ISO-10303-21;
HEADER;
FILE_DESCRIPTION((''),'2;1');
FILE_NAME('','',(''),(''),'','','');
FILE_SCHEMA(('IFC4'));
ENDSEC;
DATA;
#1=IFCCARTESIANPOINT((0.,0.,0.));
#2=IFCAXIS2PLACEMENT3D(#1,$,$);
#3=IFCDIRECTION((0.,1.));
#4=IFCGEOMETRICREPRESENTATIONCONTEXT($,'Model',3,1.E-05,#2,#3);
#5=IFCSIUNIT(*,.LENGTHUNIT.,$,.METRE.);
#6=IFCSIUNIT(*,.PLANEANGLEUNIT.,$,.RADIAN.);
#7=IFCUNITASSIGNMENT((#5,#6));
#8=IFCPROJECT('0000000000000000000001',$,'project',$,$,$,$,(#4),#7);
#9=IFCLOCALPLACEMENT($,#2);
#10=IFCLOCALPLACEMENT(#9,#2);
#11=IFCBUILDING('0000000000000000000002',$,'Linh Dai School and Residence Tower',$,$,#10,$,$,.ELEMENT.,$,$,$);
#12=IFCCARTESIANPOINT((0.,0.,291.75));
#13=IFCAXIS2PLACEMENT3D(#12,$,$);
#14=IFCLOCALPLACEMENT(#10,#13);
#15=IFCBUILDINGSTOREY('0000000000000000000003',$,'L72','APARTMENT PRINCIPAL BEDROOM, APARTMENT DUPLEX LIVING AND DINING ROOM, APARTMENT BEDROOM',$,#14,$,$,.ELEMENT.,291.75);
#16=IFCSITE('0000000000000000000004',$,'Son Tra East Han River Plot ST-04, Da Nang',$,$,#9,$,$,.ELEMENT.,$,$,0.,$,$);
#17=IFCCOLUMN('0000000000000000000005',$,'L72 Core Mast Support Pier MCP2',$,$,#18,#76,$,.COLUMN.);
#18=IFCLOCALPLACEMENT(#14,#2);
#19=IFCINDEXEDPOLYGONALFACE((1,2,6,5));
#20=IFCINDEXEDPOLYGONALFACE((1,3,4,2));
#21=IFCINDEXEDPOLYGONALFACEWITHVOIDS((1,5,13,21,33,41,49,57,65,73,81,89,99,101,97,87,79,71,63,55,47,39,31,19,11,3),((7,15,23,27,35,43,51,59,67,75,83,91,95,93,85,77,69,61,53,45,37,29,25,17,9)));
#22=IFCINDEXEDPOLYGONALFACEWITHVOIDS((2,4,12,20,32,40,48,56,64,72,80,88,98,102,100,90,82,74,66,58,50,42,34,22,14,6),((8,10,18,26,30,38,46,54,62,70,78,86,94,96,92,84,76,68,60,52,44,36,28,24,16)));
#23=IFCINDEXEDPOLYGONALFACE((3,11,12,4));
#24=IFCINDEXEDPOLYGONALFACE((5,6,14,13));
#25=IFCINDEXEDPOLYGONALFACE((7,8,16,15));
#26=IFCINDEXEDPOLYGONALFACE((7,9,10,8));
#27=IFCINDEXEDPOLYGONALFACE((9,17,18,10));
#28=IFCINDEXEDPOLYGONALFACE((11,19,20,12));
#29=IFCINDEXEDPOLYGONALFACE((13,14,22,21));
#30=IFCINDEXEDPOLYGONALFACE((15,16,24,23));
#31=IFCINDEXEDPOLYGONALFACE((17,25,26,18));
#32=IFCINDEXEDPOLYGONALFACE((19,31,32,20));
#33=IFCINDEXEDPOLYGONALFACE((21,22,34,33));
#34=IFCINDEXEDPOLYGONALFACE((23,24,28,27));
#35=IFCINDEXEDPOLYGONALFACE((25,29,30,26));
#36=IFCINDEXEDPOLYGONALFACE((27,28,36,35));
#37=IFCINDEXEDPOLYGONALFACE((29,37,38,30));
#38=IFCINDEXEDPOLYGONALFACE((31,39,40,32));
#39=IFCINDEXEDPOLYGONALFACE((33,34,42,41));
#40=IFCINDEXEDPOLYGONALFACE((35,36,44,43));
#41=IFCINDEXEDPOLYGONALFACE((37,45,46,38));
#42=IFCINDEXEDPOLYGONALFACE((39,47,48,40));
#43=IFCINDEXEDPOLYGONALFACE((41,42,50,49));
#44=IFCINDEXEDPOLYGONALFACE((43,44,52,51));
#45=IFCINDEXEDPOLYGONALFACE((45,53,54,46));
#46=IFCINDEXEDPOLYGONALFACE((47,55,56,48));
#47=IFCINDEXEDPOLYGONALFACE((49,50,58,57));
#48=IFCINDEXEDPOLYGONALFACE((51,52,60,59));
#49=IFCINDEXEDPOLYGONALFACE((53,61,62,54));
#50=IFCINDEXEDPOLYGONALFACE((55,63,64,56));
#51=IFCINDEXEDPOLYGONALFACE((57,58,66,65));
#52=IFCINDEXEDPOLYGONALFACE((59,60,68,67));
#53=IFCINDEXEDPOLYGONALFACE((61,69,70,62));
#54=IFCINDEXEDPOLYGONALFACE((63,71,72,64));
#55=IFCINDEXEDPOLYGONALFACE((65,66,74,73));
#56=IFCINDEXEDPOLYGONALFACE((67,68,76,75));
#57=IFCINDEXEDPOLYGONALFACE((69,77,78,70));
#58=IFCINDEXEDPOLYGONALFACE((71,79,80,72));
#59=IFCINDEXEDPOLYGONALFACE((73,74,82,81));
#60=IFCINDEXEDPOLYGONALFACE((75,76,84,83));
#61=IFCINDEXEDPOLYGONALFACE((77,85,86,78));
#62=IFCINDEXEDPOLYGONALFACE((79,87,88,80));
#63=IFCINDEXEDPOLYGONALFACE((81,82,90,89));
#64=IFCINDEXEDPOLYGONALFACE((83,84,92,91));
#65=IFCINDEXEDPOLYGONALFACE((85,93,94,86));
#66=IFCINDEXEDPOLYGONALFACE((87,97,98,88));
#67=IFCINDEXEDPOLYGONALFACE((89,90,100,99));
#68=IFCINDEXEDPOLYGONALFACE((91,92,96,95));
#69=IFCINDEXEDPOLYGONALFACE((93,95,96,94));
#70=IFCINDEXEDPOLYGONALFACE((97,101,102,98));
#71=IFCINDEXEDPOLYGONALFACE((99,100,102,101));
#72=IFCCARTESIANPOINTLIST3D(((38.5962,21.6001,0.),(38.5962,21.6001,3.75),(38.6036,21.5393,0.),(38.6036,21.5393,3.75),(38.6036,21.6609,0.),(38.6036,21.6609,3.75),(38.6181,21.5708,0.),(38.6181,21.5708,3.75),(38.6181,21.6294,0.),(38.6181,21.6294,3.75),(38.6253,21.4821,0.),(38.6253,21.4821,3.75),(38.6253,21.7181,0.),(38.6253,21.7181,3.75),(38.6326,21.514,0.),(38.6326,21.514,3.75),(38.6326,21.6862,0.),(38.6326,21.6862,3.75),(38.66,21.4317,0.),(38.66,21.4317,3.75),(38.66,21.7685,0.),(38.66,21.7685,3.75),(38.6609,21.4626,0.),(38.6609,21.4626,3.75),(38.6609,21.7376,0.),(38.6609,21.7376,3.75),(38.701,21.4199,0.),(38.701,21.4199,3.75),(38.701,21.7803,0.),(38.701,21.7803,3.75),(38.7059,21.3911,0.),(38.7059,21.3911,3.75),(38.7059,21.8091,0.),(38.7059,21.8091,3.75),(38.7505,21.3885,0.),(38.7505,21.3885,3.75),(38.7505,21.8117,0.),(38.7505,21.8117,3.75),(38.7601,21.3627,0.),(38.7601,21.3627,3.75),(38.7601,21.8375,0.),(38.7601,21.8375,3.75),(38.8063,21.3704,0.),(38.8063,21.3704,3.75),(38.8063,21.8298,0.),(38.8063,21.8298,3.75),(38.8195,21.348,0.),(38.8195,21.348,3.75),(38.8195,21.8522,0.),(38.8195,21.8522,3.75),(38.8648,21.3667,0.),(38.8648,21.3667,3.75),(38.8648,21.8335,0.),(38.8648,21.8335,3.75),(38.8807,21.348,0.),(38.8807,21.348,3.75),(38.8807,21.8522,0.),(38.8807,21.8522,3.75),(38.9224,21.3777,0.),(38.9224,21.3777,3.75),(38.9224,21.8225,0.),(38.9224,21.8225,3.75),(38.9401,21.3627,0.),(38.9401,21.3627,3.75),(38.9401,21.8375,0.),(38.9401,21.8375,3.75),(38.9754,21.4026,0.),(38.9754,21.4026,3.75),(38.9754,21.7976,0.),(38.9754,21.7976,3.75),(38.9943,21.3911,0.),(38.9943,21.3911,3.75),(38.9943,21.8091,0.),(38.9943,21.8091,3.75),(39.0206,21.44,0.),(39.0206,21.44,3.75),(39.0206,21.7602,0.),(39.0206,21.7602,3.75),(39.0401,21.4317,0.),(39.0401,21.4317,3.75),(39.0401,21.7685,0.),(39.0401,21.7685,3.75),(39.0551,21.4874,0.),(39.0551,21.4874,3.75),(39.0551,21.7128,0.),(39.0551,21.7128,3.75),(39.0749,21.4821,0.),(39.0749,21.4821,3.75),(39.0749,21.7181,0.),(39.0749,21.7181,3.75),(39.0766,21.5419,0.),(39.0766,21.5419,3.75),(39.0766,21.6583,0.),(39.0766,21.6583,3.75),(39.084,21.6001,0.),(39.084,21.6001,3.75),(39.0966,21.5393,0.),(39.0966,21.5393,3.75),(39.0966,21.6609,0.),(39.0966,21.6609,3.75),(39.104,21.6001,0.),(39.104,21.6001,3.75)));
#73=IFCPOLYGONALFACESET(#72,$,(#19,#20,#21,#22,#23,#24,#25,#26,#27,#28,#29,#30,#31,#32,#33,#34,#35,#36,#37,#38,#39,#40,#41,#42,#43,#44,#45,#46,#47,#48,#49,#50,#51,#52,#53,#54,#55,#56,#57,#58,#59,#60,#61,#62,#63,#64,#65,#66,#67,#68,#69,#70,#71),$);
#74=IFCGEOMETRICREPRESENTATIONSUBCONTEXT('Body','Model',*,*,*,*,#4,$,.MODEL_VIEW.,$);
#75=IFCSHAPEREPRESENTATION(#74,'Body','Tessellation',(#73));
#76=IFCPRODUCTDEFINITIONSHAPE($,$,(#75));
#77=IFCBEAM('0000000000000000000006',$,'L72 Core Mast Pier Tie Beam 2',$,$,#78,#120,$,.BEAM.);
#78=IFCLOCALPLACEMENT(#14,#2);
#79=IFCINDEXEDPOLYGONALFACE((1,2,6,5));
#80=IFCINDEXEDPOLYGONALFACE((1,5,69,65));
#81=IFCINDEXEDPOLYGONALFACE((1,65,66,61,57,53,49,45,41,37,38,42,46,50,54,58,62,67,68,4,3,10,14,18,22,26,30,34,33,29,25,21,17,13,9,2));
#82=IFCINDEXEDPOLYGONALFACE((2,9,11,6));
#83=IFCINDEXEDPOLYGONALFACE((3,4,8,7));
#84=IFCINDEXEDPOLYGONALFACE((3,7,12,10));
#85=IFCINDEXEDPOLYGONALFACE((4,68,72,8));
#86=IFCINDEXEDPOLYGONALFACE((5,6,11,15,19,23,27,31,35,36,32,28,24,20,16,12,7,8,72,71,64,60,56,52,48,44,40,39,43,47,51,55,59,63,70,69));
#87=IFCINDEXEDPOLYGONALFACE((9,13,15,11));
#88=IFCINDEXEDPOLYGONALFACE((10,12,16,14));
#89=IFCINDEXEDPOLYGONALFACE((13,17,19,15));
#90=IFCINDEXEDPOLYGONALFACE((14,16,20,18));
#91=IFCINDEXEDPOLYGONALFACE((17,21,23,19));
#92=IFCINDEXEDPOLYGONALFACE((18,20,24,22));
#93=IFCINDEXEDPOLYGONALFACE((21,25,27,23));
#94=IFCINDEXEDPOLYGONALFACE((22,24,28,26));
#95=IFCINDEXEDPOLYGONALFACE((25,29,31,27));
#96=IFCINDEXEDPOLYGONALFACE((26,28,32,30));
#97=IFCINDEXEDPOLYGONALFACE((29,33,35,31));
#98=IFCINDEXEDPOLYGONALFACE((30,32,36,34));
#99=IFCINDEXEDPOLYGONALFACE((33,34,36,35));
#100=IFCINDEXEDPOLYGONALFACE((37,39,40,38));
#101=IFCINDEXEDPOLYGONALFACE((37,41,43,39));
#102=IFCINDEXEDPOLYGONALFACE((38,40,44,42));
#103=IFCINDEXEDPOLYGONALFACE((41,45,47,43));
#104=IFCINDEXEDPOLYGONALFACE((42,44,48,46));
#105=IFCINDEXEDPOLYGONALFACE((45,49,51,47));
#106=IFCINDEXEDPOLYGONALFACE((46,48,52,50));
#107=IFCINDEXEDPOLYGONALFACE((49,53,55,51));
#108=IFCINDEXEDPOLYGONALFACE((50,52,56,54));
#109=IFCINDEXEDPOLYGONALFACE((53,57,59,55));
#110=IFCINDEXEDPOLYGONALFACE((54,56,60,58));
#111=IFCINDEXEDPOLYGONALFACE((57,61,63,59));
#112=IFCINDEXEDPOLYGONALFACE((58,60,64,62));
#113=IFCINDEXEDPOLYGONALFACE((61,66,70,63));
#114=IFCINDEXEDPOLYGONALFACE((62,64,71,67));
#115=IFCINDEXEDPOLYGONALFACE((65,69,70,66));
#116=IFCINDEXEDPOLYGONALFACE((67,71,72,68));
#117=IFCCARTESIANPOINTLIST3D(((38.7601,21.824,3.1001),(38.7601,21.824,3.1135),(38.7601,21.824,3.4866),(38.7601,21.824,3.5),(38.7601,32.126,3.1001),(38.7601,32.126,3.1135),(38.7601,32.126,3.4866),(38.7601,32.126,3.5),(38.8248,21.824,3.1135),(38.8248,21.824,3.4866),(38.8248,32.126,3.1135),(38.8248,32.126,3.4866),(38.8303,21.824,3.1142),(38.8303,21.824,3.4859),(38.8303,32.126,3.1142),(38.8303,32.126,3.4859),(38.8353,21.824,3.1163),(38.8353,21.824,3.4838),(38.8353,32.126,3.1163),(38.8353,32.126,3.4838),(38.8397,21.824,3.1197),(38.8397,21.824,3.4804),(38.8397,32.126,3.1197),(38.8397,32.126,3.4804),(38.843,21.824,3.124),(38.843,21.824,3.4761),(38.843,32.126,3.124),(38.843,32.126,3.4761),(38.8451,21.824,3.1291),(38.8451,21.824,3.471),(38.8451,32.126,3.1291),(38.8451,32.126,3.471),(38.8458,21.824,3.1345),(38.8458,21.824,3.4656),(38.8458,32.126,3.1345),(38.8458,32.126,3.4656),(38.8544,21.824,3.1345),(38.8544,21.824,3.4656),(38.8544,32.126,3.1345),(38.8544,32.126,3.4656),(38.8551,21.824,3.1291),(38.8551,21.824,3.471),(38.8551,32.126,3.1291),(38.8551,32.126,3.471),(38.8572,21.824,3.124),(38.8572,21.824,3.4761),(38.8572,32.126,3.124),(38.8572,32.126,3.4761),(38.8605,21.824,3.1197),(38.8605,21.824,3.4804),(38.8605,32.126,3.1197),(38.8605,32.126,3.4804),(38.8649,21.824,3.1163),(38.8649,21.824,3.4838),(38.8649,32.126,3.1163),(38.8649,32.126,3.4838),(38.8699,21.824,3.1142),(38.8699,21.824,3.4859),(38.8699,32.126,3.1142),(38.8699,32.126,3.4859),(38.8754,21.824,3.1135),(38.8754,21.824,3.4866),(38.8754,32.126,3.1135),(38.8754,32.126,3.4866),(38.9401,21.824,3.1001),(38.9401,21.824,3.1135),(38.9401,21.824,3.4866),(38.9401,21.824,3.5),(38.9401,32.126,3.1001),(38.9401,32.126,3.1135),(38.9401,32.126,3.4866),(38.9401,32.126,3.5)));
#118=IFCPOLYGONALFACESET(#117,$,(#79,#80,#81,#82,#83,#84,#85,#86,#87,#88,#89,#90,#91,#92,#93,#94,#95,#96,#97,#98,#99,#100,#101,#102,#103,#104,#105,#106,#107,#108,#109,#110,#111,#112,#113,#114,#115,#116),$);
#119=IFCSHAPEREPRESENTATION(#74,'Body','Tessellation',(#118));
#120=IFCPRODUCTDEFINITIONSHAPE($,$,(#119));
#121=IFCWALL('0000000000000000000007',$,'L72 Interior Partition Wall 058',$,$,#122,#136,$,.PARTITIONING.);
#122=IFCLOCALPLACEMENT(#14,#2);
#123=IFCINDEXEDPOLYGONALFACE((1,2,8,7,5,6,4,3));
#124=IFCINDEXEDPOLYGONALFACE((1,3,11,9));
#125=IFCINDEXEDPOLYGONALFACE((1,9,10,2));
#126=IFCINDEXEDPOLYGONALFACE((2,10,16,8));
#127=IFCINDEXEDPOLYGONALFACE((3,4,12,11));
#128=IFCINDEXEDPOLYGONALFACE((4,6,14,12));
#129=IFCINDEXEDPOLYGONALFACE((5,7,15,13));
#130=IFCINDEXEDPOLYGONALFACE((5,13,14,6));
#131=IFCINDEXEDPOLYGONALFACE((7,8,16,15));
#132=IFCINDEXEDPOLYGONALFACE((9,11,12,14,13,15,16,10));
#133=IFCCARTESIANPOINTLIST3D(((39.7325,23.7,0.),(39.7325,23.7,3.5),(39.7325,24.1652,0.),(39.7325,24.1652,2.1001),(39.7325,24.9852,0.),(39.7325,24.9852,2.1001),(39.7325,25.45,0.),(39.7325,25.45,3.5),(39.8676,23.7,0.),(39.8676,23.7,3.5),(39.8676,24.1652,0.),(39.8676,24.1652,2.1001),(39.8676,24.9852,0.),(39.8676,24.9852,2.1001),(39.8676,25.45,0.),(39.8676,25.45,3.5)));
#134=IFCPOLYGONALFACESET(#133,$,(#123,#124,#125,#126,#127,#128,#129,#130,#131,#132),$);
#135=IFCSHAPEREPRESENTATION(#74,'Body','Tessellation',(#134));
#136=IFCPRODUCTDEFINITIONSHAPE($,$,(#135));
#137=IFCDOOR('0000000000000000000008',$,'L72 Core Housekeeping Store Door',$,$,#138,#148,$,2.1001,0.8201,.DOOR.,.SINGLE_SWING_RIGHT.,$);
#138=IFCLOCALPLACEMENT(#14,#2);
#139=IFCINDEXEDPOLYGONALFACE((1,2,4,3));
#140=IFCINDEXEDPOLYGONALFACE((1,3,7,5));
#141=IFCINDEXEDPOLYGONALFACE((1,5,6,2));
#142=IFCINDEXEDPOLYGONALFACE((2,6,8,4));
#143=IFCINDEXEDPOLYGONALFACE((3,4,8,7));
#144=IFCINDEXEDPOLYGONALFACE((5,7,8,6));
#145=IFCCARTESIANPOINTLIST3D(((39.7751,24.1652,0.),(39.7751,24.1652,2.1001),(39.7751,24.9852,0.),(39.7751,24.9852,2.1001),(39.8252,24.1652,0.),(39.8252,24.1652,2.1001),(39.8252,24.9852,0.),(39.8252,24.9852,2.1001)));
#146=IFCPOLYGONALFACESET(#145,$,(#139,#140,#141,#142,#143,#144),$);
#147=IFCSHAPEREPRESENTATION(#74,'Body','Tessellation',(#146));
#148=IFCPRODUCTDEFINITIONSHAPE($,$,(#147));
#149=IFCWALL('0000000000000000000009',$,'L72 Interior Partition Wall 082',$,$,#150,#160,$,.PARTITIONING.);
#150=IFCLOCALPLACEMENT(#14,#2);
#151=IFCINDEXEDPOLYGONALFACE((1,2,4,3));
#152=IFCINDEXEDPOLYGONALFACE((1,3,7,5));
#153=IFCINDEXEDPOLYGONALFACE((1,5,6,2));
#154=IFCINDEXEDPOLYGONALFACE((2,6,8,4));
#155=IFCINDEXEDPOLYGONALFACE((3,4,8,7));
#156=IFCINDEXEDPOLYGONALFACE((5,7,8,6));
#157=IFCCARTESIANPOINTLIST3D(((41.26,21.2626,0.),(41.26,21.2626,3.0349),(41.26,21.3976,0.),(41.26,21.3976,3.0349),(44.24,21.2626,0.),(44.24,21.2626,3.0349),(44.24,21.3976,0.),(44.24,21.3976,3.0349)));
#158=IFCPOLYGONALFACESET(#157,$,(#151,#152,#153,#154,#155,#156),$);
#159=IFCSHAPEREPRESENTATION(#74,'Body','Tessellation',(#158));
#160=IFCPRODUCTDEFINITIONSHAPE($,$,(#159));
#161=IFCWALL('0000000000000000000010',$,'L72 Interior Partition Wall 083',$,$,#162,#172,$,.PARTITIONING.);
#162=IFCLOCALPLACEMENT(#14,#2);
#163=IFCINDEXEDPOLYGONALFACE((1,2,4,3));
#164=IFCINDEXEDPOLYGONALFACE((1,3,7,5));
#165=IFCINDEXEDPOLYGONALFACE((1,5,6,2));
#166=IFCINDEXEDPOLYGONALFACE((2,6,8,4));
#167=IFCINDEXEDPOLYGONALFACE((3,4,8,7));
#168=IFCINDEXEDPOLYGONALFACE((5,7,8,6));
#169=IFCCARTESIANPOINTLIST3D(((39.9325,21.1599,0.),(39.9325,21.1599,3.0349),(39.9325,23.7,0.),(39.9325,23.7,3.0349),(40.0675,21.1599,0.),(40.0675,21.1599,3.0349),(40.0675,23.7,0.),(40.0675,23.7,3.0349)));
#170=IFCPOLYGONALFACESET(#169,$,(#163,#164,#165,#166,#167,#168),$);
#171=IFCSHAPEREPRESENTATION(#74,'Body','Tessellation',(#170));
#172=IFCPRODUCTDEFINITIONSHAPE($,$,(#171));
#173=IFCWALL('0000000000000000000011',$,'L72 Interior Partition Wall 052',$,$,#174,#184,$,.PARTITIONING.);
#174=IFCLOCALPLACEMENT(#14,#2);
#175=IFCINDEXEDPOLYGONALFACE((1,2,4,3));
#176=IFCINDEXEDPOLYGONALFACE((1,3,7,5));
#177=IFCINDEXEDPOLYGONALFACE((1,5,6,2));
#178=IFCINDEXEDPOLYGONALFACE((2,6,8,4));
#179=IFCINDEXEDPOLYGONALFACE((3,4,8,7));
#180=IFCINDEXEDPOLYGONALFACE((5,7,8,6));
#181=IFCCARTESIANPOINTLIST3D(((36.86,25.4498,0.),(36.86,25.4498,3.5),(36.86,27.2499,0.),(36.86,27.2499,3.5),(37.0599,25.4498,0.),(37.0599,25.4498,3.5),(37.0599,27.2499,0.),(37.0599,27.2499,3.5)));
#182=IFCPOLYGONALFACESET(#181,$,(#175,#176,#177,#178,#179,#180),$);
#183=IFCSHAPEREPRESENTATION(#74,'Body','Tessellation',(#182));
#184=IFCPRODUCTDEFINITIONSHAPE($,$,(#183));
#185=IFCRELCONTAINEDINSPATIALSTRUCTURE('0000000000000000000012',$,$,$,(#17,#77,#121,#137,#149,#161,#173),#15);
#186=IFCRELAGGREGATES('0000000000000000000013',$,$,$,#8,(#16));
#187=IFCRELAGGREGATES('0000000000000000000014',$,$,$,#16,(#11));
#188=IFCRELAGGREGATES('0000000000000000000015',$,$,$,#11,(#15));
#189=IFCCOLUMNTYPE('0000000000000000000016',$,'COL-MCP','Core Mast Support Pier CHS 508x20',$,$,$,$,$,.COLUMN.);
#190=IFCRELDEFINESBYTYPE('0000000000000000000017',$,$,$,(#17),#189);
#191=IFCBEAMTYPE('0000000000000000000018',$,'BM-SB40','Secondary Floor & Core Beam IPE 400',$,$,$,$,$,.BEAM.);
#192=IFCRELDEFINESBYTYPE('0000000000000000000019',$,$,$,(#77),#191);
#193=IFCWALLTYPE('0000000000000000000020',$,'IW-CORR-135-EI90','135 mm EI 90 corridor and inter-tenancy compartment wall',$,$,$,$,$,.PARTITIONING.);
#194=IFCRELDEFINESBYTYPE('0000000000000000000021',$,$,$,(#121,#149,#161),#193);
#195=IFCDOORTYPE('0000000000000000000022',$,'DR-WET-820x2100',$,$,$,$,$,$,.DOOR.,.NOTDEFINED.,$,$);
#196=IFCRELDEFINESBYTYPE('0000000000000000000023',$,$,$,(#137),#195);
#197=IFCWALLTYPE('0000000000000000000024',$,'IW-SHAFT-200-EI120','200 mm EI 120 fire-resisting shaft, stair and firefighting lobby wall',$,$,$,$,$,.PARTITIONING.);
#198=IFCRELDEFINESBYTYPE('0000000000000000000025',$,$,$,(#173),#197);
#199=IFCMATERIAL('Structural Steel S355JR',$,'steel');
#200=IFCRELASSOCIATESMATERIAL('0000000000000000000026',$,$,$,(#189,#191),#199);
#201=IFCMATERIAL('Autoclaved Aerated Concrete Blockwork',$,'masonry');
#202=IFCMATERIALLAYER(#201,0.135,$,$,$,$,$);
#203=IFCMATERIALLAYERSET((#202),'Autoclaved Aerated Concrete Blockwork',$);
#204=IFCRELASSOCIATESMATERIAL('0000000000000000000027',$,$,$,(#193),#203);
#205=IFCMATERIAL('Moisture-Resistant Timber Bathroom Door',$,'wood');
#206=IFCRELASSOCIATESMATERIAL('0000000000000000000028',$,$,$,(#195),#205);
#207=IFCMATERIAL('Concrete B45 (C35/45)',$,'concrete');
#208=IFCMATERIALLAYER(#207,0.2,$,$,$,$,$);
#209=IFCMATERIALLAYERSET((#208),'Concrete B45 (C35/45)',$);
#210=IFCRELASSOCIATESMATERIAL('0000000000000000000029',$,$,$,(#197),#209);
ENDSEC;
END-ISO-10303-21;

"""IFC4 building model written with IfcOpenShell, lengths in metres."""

from ifc_helpers import new_model, si_unit, direction, frame, frame_2d, origin, origin_2d, place, context, subcontext, project, spatial, rectangle, hollow_circle, i_section, extrude, source, transform, mapped, material, layer, layer_set, material_profile, profile_set, type_object, element, fill, save


model = new_model("IFC4")

# Units and contexts
model_context = context("Model", 3, precision=1e-05, world=origin(), true_north=direction((0.0, 1.0)))
body_context = subcontext(model_context, "Body", "Model", "MODEL_VIEW")
ifc_project = project(units=[si_unit("LENGTHUNIT", "METRE"), si_unit("PLANEANGLEUNIT", "RADIAN")], contexts=[model_context])

# Site, building, storey
site_placement = place(None, origin())
site = spatial("IfcSite", under=ifc_project, at=site_placement, Name="Son Tra East Han River Plot ST-04, Da Nang", CompositionType="ELEMENT", RefElevation=0.0)
building_placement = place(site_placement, origin())
building = spatial("IfcBuilding", under=site, at=building_placement, Name="Linh Dai School and Residence Tower", CompositionType="ELEMENT")
storey_placement = place(building_placement, frame((0.0, 0.0, 291.75)))
storey = spatial("IfcBuildingStorey", under=building, at=storey_placement, Name="L72", Description="APARTMENT PRINCIPAL BEDROOM, APARTMENT DUPLEX LIVING AND DINING ROOM, APARTMENT BEDROOM", CompositionType="ELEMENT", Elevation=291.75)

# Column
ifc_material_1 = material(Name="Structural Steel S355JR", Category="steel")
ifc_material_profile_1 = material_profile(ifc_material_1, hollow_circle(Radius=0.2539, WallThickness=0.02, at=origin_2d()), Name="CHS 508x20")
ifc_profile_set_1 = profile_set([ifc_material_profile_1], Name="Structural Steel S355JR")
column_type_1 = type_object("IfcColumnType", Name="COL-MCP", Description="Core Mast Support Pier CHS 508x20", PredefinedType="COLUMN", material=ifc_profile_set_1)
column_placement = place(storey_placement, frame((38.8501, 21.6001, 0.0), z_axis=(0.0, 0.0, 1.0), x_axis=(1.0, 0.0, 0.0)))
element("IfcColumn", 1, at=column_placement, inside=storey, type_object=column_type_1, Name="L72 Core Mast Support Pier MCP2", PredefinedType="COLUMN", context=body_context, shape_type="SweptSolid", body=[
    extrude(hollow_circle(Radius=0.2539, WallThickness=0.02, at=origin_2d()), origin(), (0.0, 0.0, 1.0), 3.75),
])

# Beam
ifc_material_profile_2 = material_profile(ifc_material_1, i_section(OverallWidth=0.1799, OverallDepth=0.3999, WebThickness=0.0085, FlangeThickness=0.0134, FilletRadius=0.021, at=origin_2d()), Name="IPE 400")
ifc_profile_set_2 = profile_set([ifc_material_profile_2], Name="Structural Steel S355JR")
beam_type = type_object("IfcBeamType", Name="BM-SB40", Description="Secondary Floor & Core Beam IPE 400", PredefinedType="BEAM", material=ifc_profile_set_2)
beam_placement = place(storey_placement, frame((38.8501, 21.824, 3.3), z_axis=(0.0, 1.0, 0.0), x_axis=(-1.0, 0.0, 0.0)))
element("IfcBeam", 2, at=beam_placement, inside=storey, type_object=beam_type, Name="L72 Core Mast Pier Tie Beam 2", PredefinedType="BEAM", context=body_context, shape_type="SweptSolid", body=[
    extrude(i_section(OverallWidth=0.1799, OverallDepth=0.3999, WebThickness=0.0085, FlangeThickness=0.0134, FilletRadius=0.021, at=origin_2d()), origin(), (0.0, 0.0, 1.0), 10.302),
])

# Wall, opening, door
ifc_material_2 = material(Name="Autoclaved Aerated Concrete Blockwork", Category="masonry")
ifc_layer_1 = layer(ifc_material_2, 0.135)
ifc_layer_set_1 = layer_set([ifc_layer_1], Name="Autoclaved Aerated Concrete Blockwork")
wall_type_1 = type_object("IfcWallType", Name="IW-CORR-135-EI90", Description="135 mm EI 90 corridor and inter-tenancy compartment wall", PredefinedType="PARTITIONING", material=ifc_layer_set_1)
wall_1_placement = place(storey_placement, frame((39.8, 23.7, 0.0), z_axis=(0.0, 0.0, 1.0), x_axis=(0.0, 1.0, 0.0)))
wall_1 = element("IfcWall", 3, at=wall_1_placement, inside=storey, type_object=wall_type_1, Name="L72 Interior Partition Wall 058", PredefinedType="PARTITIONING", context=body_context, shape_type="SweptSolid", body=[
    extrude(rectangle(XDim=1.75, YDim=0.135, at=frame_2d((0.875, 0.0))), origin(), (0.0, 0.0, 1.0), 3.5),
])
opening_placement = place(wall_1_placement, frame((0.4651, 0.0, 0.0)))
opening = element("IfcOpeningElement", 4, at=opening_placement, cuts=wall_1, PredefinedType="OPENING", context=body_context, shape_type="SweptSolid", body=[
    extrude(rectangle(XDim=0.8201, YDim=2.1001, at=origin_2d()), frame((0.4102, 0.0776, 1.05), z_axis=(0.0, -1.0, 0.0), x_axis=(1.0, 0.0, 0.0)), (0.0, 0.0, 1.0), 0.155),
])
ifc_material_3 = material(Name="Moisture-Resistant Timber Bathroom Door", Category="wood")
door_type = type_object("IfcDoorType", Name="DR-WET-820x2100", OperationType="NOTDEFINED", PredefinedType="DOOR", material=ifc_material_3)
shared_shape_1 = source(origin(), body_context, "Body", "SweptSolid", [
    extrude(rectangle(XDim=0.8201, YDim=2.1001, at=origin_2d()), frame((0.4102, 0.0249, 1.05), z_axis=(0.0, -1.0, 0.0), x_axis=(1.0, 0.0, 0.0)), (0.0, 0.0, 1.0), 0.05),
])
door_placement = place(opening_placement, origin())
door = element("IfcDoor", 5, at=door_placement, inside=storey, type_object=door_type, Name="L72 Core Housekeeping Store Door", OperationType="SINGLE_SWING_RIGHT", OverallHeight=2.1001, OverallWidth=0.8201, PredefinedType="DOOR", context=body_context, shape_type="MappedRepresentation", body=[
    mapped(shared_shape_1, transform((0.0, 0.0, 0.0), x_axis=(1.0, 0.0, 0.0), y_axis=(0.0, 1.0, 0.0), z_axis=(0.0, 0.0, 1.0), scale=1.0)),
])
fill(opening, door)

# Walls
wall_2_placement = place(storey_placement, frame((44.24, 21.3301, 0.0), z_axis=(0.0, 0.0, 1.0), x_axis=(-1.0, 0.0, 0.0)))
element("IfcWall", 6, at=wall_2_placement, inside=storey, type_object=wall_type_1, Name="L72 Interior Partition Wall 082", PredefinedType="PARTITIONING", context=body_context, shape_type="SweptSolid", body=[
    extrude(rectangle(XDim=2.98, YDim=0.135, at=frame_2d((1.49, 0.0))), origin(), (0.0, 0.0, 1.0), 3.0349),
])
wall_3_placement = place(storey_placement, frame((40.0, 23.7, 0.0), z_axis=(0.0, 0.0, 1.0), x_axis=(0.0, -1.0, 0.0)))
element("IfcWall", 7, at=wall_3_placement, inside=storey, type_object=wall_type_1, Name="L72 Interior Partition Wall 083", PredefinedType="PARTITIONING", context=body_context, shape_type="SweptSolid", body=[
    extrude(rectangle(XDim=2.54, YDim=0.135, at=frame_2d((1.27, 0.0))), origin(), (0.0, 0.0, 1.0), 3.0349),
])
ifc_material_4 = material(Name="Concrete B45 (C35/45)", Category="concrete")
ifc_layer_2 = layer(ifc_material_4, 0.2)
ifc_layer_set_2 = layer_set([ifc_layer_2], Name="Concrete B45 (C35/45)")
wall_type_2 = type_object("IfcWallType", Name="IW-SHAFT-200-EI120", Description="200 mm EI 120 fire-resisting shaft, stair and firefighting lobby wall", PredefinedType="PARTITIONING", material=ifc_layer_set_2)
for number, where, z_axis, x_axis, name in (
    (8, (36.96, 25.45, 0.0), (0.0, 0.0, 1.0), (0.0, 1.0, 0.0), "L72 Interior Partition Wall 052"),
):
    element("IfcWall", number, at=place(storey_placement, frame(where, z_axis=z_axis, x_axis=x_axis)), inside=storey, type_object=wall_type_2, Name=name, PredefinedType="PARTITIONING", context=body_context, shape_type="SweptSolid", body=[
        extrude(rectangle(XDim=1.8, YDim=0.2, at=frame_2d((0.8999, 0.0))), origin(), (0.0, 0.0, 1.0), 3.5),
    ])

save(model, "model.ifc")
